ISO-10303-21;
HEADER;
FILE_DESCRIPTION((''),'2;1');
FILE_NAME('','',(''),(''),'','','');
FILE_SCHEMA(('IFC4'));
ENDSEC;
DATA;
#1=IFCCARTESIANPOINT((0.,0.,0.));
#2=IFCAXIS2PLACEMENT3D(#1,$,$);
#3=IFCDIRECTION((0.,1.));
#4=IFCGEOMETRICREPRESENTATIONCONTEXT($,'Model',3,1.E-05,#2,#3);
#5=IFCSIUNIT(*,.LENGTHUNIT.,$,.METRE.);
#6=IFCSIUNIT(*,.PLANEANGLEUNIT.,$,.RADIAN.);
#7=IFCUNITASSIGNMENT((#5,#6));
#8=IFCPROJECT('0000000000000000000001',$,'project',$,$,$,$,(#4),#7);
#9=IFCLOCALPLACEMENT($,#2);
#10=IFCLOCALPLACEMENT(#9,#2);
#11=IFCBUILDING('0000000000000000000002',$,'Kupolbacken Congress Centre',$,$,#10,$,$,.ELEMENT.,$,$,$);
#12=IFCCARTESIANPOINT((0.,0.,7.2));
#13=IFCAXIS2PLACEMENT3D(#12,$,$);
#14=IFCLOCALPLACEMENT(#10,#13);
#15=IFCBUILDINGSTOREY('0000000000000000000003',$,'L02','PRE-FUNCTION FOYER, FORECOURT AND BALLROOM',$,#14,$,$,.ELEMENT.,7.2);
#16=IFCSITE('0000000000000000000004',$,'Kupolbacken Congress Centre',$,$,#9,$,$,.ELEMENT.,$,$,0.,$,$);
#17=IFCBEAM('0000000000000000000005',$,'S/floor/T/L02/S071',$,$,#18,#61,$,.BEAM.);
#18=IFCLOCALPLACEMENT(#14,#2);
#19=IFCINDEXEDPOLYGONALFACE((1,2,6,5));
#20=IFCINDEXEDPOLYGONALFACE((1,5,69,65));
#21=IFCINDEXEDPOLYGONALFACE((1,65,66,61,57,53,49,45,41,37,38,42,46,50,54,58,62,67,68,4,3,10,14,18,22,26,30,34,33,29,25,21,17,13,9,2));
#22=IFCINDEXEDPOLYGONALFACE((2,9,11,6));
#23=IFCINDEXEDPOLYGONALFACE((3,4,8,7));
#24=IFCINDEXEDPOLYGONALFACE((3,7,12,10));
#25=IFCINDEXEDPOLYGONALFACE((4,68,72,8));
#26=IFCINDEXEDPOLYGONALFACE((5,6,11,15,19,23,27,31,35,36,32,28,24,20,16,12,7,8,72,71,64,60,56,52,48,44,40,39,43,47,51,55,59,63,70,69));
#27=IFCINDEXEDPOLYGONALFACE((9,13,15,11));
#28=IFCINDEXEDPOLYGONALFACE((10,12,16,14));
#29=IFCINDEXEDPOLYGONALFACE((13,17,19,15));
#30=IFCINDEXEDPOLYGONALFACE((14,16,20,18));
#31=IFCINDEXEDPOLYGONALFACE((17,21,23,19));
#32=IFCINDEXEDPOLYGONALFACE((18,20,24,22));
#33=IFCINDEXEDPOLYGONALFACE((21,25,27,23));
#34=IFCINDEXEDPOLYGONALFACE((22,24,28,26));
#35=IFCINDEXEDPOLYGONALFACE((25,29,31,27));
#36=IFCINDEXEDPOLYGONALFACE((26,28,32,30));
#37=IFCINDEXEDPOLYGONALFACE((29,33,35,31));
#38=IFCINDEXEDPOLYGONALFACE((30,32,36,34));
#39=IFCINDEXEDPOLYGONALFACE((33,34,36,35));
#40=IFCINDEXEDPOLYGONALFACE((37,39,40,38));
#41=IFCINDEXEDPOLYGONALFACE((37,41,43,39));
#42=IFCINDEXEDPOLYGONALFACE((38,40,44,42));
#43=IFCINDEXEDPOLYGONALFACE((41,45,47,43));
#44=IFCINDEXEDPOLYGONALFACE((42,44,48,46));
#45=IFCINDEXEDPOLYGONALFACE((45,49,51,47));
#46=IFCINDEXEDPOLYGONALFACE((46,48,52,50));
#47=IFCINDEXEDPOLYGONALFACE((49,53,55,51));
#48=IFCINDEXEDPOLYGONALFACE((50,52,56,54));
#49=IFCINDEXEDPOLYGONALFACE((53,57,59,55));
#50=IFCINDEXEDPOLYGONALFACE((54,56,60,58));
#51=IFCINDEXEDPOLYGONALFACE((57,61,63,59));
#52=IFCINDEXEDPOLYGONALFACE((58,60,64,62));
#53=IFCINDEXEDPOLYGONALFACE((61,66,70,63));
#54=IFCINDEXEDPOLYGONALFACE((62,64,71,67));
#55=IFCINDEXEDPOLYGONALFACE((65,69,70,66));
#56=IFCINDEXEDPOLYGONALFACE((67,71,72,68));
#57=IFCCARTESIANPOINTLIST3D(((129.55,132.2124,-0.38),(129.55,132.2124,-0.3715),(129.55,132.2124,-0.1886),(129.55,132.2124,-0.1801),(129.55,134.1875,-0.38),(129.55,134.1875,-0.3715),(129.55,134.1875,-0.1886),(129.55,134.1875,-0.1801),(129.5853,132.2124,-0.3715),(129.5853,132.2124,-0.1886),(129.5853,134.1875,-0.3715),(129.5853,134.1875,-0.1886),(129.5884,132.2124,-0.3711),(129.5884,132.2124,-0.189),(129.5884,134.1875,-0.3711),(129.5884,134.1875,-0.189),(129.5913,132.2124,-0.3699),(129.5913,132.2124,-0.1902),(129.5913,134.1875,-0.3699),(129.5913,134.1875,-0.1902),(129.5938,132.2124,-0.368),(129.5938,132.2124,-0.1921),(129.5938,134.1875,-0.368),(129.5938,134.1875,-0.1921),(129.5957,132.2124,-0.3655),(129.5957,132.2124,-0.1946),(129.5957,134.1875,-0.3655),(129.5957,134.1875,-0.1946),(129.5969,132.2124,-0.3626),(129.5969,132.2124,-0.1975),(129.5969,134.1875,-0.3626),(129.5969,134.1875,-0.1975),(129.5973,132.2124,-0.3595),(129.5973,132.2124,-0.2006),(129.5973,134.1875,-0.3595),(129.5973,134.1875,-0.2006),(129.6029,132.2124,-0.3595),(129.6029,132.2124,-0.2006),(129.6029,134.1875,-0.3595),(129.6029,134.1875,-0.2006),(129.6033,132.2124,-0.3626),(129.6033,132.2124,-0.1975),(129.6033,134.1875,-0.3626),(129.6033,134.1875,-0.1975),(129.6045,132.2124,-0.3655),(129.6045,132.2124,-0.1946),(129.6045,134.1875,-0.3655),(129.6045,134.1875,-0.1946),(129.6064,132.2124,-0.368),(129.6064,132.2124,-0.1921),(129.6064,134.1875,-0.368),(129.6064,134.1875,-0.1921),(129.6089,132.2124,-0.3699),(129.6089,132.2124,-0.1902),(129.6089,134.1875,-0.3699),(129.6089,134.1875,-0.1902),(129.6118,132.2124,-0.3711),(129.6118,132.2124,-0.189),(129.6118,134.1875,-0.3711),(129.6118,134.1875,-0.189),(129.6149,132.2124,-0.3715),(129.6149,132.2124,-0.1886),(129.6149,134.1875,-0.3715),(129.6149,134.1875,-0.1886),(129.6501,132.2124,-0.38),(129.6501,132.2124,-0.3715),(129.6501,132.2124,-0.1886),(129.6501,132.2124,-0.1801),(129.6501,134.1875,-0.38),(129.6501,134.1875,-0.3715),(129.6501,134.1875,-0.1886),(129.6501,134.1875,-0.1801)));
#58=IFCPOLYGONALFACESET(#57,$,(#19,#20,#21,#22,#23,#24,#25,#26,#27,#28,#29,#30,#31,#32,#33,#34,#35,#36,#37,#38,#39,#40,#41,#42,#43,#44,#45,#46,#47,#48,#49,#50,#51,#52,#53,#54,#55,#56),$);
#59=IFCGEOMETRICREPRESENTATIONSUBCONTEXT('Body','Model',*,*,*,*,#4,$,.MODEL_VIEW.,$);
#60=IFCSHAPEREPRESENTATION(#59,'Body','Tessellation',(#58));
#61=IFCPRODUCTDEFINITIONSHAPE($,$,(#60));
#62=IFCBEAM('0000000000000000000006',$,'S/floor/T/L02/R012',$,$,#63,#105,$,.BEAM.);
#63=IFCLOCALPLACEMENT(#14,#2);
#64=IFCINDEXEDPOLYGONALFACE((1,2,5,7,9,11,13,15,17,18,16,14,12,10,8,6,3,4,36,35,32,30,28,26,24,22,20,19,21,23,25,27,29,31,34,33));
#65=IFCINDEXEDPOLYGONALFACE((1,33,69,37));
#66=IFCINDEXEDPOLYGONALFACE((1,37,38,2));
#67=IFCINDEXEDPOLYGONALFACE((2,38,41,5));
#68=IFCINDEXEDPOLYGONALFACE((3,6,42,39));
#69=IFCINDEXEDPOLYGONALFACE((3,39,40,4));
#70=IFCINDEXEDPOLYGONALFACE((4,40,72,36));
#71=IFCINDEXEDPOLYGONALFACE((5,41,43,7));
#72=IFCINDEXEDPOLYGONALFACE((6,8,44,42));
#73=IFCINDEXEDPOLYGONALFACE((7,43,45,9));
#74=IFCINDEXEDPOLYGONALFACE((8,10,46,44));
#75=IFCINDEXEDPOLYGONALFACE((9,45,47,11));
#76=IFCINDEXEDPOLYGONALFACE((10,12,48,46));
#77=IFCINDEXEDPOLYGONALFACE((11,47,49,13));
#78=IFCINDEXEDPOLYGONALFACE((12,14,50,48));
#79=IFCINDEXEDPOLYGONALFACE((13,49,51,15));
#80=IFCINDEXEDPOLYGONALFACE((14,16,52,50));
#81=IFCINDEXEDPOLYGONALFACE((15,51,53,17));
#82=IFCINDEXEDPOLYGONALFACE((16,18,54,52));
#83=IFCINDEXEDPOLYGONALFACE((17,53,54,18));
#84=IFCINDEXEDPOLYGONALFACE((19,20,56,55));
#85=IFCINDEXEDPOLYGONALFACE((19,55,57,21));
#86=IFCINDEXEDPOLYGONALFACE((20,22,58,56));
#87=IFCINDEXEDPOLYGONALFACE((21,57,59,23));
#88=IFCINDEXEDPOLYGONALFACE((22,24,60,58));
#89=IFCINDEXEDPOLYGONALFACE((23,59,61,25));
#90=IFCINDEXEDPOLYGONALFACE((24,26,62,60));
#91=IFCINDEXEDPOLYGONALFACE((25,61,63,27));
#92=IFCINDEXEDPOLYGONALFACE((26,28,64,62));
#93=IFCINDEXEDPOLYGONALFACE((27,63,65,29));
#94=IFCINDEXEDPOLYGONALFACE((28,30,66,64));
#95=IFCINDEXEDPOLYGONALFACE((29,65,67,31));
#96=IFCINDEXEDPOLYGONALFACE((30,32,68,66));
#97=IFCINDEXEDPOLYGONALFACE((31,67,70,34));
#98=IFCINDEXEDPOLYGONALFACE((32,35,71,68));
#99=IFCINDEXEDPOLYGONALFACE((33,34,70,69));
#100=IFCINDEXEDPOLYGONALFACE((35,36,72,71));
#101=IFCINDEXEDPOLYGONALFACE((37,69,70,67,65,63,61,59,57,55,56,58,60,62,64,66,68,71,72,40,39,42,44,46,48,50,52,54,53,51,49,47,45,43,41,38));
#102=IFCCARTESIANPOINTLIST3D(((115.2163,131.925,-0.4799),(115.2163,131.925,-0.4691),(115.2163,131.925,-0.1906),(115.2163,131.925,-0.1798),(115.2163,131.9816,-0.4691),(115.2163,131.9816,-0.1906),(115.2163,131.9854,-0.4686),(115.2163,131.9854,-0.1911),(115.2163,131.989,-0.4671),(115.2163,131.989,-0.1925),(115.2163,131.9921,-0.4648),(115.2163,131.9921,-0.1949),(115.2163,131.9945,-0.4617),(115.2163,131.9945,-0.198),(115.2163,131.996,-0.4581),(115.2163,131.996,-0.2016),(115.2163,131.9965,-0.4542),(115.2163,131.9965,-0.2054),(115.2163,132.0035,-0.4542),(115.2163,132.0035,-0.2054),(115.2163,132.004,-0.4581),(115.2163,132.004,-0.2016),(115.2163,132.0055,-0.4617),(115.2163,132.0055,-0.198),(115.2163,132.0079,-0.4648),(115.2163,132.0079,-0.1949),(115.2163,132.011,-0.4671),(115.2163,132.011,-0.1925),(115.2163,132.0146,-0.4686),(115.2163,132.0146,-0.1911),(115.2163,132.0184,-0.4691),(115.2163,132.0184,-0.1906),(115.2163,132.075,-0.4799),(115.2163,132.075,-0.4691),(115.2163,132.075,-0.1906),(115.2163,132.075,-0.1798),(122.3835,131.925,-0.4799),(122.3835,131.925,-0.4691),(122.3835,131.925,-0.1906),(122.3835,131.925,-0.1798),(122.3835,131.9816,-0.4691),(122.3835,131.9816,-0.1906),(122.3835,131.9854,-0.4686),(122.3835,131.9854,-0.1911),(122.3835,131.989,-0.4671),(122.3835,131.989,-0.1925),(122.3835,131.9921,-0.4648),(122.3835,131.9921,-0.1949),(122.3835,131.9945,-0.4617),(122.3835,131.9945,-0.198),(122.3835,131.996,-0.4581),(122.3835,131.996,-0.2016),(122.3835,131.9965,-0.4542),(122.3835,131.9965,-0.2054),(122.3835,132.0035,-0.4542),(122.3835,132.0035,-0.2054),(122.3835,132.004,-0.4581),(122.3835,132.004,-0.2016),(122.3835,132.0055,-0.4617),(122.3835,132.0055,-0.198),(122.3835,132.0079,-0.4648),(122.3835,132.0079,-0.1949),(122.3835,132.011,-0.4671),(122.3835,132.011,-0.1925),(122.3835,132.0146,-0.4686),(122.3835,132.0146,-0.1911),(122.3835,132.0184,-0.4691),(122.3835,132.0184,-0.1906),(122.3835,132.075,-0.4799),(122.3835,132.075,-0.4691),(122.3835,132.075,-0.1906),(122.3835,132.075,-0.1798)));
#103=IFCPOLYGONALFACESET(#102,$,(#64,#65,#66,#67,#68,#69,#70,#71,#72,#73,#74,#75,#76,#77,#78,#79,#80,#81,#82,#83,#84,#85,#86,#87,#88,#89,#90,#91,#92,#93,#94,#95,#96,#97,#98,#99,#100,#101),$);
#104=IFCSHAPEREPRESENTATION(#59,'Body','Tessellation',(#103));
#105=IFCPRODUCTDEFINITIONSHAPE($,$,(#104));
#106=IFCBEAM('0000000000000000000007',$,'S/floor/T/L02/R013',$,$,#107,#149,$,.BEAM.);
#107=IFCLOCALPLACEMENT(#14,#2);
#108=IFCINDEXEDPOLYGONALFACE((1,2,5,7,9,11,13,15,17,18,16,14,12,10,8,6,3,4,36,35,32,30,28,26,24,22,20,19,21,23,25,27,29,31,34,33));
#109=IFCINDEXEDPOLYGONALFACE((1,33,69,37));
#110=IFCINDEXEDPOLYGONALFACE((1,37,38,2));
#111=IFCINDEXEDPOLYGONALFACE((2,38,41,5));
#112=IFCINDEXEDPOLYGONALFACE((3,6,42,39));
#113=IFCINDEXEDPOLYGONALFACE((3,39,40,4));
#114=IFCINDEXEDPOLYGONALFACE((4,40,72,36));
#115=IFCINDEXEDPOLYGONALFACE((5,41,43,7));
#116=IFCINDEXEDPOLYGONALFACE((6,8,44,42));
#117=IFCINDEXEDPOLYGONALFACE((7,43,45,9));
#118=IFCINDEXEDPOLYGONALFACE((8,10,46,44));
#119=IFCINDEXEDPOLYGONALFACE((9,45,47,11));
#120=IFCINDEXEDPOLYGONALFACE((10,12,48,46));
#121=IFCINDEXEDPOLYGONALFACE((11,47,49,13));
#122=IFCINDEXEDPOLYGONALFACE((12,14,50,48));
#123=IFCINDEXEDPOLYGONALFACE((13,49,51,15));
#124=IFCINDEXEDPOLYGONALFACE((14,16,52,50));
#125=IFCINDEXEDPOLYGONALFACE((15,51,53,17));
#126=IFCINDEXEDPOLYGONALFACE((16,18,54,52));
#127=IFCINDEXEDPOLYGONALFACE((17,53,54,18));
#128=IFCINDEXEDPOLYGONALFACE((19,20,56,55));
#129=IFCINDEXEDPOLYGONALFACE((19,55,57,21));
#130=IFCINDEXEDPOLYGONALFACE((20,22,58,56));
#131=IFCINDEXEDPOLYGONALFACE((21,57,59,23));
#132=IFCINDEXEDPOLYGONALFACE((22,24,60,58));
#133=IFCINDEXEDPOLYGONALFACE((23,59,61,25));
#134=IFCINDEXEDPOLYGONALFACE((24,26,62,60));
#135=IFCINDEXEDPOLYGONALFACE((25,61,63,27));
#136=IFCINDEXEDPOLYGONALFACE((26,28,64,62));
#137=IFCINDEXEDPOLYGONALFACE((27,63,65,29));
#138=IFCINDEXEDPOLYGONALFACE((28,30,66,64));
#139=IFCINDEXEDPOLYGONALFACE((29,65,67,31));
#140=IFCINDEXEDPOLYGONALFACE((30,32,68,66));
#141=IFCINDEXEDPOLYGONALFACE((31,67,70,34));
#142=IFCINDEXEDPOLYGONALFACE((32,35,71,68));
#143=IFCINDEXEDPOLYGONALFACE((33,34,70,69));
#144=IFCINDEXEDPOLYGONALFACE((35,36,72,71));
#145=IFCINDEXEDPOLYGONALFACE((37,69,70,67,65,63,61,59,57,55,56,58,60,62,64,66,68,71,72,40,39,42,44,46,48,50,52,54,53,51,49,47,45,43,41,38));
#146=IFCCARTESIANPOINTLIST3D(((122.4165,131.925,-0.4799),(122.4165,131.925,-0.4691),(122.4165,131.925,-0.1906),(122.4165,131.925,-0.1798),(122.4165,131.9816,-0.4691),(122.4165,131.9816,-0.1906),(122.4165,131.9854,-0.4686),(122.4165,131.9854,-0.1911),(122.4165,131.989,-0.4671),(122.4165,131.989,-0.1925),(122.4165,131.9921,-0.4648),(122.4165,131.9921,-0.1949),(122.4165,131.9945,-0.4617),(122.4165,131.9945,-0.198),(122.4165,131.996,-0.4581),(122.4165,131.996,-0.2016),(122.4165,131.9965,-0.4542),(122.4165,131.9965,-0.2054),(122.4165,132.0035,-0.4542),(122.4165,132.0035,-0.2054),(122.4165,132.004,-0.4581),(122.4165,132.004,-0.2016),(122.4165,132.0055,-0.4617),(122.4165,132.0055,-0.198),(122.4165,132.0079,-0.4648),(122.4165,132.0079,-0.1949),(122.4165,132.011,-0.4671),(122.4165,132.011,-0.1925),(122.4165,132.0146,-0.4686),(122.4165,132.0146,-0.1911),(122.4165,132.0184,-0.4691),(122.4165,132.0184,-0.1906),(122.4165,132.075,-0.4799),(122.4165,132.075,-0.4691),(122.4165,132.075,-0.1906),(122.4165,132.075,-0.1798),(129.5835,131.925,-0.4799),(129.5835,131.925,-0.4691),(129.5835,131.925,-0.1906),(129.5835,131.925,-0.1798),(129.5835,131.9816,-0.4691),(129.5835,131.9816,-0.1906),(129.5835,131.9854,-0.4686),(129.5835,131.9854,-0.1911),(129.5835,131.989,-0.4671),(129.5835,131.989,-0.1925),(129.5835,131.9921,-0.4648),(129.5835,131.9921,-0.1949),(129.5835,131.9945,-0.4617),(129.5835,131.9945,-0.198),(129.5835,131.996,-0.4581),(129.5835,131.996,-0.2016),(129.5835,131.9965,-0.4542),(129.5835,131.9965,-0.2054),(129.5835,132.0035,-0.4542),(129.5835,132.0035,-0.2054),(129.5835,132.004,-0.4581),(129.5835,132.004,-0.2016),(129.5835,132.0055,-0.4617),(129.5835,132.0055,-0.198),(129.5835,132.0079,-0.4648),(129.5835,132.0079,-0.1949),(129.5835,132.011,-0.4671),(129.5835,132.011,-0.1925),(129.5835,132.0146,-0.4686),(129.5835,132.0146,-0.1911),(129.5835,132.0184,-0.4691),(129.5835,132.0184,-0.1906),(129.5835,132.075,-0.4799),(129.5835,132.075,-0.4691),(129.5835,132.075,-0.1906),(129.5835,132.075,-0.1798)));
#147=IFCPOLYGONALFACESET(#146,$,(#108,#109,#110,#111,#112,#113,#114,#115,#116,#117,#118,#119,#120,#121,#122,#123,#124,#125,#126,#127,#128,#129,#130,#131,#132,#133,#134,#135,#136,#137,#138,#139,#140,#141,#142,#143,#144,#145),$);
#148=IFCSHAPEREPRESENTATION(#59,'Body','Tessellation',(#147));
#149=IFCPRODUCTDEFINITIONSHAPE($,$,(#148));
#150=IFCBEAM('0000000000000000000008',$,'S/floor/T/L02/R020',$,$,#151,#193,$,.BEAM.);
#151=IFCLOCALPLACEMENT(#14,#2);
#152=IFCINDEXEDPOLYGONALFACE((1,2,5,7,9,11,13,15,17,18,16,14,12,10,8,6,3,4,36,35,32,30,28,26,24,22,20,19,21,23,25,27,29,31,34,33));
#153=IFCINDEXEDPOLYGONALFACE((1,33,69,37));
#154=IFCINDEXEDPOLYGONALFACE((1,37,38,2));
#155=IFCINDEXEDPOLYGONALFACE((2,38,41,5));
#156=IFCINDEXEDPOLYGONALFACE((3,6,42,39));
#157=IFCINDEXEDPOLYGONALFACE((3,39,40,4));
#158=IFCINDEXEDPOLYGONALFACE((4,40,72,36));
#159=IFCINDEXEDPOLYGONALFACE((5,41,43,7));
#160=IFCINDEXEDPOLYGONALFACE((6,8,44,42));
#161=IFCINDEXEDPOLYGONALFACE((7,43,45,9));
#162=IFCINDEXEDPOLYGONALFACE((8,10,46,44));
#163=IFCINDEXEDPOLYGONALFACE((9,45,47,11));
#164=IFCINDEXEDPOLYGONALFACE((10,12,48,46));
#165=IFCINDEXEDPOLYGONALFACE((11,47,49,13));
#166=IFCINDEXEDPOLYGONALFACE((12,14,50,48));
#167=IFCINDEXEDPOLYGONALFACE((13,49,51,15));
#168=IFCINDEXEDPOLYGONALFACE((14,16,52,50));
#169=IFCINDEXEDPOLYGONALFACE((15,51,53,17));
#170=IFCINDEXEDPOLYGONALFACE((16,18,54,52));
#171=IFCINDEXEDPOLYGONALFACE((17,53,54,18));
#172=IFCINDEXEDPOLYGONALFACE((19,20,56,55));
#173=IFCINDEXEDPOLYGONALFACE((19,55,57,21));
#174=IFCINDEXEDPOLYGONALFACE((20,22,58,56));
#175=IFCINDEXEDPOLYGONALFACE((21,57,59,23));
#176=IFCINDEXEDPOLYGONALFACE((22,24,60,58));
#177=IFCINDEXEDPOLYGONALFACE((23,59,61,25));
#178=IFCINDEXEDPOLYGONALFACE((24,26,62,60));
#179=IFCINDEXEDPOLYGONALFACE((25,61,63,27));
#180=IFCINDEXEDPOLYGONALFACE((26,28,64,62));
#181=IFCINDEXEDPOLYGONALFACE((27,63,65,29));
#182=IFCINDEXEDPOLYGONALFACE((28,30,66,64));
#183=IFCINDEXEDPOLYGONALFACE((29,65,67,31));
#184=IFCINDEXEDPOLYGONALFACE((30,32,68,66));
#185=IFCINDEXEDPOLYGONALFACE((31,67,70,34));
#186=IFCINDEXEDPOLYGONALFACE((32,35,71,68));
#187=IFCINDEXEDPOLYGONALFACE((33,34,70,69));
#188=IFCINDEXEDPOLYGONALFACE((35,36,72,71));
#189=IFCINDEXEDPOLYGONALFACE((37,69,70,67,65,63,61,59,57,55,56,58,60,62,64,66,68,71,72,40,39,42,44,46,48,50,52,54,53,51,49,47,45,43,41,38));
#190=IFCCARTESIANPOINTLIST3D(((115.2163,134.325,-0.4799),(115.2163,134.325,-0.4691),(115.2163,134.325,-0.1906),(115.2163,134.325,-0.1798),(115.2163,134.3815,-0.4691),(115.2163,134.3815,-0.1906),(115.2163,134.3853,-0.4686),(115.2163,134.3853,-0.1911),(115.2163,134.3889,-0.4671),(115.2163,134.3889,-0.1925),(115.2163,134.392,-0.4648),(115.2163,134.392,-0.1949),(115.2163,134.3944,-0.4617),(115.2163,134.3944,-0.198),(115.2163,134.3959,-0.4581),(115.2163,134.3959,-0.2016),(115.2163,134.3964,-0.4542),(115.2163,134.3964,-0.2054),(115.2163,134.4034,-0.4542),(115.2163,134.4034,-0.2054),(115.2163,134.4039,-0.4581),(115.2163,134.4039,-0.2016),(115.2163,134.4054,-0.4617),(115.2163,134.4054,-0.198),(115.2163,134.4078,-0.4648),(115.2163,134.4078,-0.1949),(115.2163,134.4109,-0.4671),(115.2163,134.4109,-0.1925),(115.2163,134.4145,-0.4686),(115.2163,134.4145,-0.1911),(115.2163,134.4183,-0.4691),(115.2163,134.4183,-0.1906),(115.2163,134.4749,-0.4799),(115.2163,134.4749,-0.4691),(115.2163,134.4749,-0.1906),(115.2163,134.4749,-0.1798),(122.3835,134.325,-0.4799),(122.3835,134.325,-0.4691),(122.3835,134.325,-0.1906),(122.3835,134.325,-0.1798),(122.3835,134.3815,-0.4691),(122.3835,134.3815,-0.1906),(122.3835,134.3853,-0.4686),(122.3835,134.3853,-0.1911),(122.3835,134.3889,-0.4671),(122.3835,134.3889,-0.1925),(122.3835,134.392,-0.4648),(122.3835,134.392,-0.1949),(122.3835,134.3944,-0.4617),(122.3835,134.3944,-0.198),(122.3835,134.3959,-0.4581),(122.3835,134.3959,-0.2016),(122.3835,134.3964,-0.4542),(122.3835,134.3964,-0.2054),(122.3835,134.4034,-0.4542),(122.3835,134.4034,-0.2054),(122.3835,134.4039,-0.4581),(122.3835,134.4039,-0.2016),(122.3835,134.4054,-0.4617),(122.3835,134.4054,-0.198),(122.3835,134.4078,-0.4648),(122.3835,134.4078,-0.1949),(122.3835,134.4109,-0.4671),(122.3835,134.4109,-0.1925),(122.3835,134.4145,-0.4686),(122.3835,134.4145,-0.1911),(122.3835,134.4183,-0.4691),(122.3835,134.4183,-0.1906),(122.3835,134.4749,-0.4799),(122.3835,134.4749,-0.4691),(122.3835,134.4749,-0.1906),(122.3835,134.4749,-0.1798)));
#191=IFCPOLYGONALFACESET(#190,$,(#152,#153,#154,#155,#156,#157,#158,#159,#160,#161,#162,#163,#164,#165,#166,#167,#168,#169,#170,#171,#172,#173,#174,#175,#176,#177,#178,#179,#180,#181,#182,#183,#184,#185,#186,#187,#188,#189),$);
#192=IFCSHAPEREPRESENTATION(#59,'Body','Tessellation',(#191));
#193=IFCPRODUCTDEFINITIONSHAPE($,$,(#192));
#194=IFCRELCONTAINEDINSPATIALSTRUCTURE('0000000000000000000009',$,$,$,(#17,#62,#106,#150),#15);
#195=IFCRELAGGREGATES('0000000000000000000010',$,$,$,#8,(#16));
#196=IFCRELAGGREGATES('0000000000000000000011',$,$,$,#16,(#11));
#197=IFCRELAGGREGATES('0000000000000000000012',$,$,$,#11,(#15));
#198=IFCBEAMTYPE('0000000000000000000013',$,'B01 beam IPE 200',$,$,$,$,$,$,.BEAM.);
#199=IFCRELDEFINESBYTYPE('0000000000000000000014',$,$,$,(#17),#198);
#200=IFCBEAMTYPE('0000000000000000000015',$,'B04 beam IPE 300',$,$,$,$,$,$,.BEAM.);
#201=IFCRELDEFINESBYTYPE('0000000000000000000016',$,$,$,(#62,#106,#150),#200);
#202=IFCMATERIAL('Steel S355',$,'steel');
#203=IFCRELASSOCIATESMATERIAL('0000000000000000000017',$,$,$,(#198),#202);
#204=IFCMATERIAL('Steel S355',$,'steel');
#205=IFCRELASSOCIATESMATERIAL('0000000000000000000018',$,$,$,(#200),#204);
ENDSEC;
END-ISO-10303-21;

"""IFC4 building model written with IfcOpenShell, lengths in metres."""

from ifc_helpers import new_model, si_unit, direction, frame, origin, origin_2d, place, context, subcontext, project, spatial, i_section, extrude, material, material_profile, profile_set, type_object, element, save


model = new_model("IFC4")

# Units and contexts
model_context = context("Model", 3, precision=1e-05, world=origin(), true_north=direction((0.0, 1.0)))
body_context = subcontext(model_context, "Body", "Model", "MODEL_VIEW")
ifc_project = project(units=[si_unit("LENGTHUNIT", "METRE"), si_unit("PLANEANGLEUNIT", "RADIAN")], contexts=[model_context])

# Site, building, storey
site_placement = place(None, origin())
site = spatial("IfcSite", under=ifc_project, at=site_placement, Name="Kupolbacken Congress Centre", CompositionType="ELEMENT", RefElevation=0.0)
building_placement = place(site_placement, origin())
building = spatial("IfcBuilding", under=site, at=building_placement, Name="Kupolbacken Congress Centre", CompositionType="ELEMENT")
storey_placement = place(building_placement, frame((0.0, 0.0, 7.2)))
storey = spatial("IfcBuildingStorey", under=building, at=storey_placement, Name="L02", Description="PRE-FUNCTION FOYER, FORECOURT AND BALLROOM", CompositionType="ELEMENT", Elevation=7.2)

# Beams
ifc_material_1 = material(Name="Steel S355", Category="steel")
ifc_material_profile_1 = material_profile(ifc_material_1, i_section(OverallWidth=0.1001, OverallDepth=0.2, WebThickness=0.0056, FlangeThickness=0.0085, FilletRadius=0.012, at=origin_2d()), Name="IPE 200")
ifc_profile_set_1 = profile_set([ifc_material_profile_1], Name="Steel S355")
beam_type_1 = type_object("IfcBeamType", Name="B01 beam IPE 200", PredefinedType="BEAM", material=ifc_profile_set_1)
beam_1_placement = place(storey_placement, frame((129.6001, 132.2124, -0.28), z_axis=(0.0, 1.0, 0.0), x_axis=(-1.0, 0.0, 0.0)))
element("IfcBeam", 1, at=beam_1_placement, inside=storey, type_object=beam_type_1, Name="S/floor/T/L02/S071", PredefinedType="BEAM", context=body_context, shape_type="SweptSolid", body=[
    extrude(i_section(OverallWidth=0.1001, OverallDepth=0.2, WebThickness=0.0056, FlangeThickness=0.0085, FilletRadius=0.012, at=origin_2d()), origin(), (0.0, 0.0, 1.0), 1.9751),
])
ifc_material_2 = material(Name="Steel S355", Category="steel")
ifc_material_profile_2 = material_profile(ifc_material_2, i_section(OverallWidth=0.1499, OverallDepth=0.3, WebThickness=0.0071, FlangeThickness=0.0107, FilletRadius=0.0149, at=origin_2d()), Name="IPE 300")
ifc_profile_set_2 = profile_set([ifc_material_profile_2], Name="Steel S355")
beam_type_2 = type_object("IfcBeamType", Name="B04 beam IPE 300", PredefinedType="BEAM", material=ifc_profile_set_2)
beam_2_placement = place(storey_placement, frame((115.2163, 132.0, -0.3298), z_axis=(1.0, 0.0, 0.0), x_axis=(0.0, 1.0, 0.0)))
element("IfcBeam", 2, at=beam_2_placement, inside=storey, type_object=beam_type_2, Name="S/floor/T/L02/R012", PredefinedType="BEAM", context=body_context, shape_type="SweptSolid", body=[
    extrude(i_section(OverallWidth=0.1499, OverallDepth=0.3, WebThickness=0.0071, FlangeThickness=0.0107, FilletRadius=0.0149, at=origin_2d()), origin(), (0.0, 0.0, 1.0), 7.1672),
])
beam_3_placement = place(storey_placement, frame((122.4165, 132.0, -0.3298), z_axis=(1.0, 0.0, 0.0), x_axis=(0.0, 1.0, 0.0)))
element("IfcBeam", 3, at=beam_3_placement, inside=storey, type_object=beam_type_2, Name="S/floor/T/L02/R013", PredefinedType="BEAM", context=body_context, shape_type="SweptSolid", body=[
    extrude(i_section(OverallWidth=0.1499, OverallDepth=0.3, WebThickness=0.0071, FlangeThickness=0.0107, FilletRadius=0.0149, at=origin_2d()), origin(), (0.0, 0.0, 1.0), 7.167),
])
beam_4_placement = place(storey_placement, frame((115.2163, 134.3999, -0.3298), z_axis=(1.0, 0.0, 0.0), x_axis=(0.0, 1.0, 0.0)))
element("IfcBeam", 4, at=beam_4_placement, inside=storey, type_object=beam_type_2, Name="S/floor/T/L02/R020", PredefinedType="BEAM", context=body_context, shape_type="SweptSolid", body=[
    extrude(i_section(OverallWidth=0.1499, OverallDepth=0.3, WebThickness=0.0071, FlangeThickness=0.0107, FilletRadius=0.0149, at=origin_2d()), origin(), (0.0, 0.0, 1.0), 7.1672),
])

save(model, "model.ifc")
